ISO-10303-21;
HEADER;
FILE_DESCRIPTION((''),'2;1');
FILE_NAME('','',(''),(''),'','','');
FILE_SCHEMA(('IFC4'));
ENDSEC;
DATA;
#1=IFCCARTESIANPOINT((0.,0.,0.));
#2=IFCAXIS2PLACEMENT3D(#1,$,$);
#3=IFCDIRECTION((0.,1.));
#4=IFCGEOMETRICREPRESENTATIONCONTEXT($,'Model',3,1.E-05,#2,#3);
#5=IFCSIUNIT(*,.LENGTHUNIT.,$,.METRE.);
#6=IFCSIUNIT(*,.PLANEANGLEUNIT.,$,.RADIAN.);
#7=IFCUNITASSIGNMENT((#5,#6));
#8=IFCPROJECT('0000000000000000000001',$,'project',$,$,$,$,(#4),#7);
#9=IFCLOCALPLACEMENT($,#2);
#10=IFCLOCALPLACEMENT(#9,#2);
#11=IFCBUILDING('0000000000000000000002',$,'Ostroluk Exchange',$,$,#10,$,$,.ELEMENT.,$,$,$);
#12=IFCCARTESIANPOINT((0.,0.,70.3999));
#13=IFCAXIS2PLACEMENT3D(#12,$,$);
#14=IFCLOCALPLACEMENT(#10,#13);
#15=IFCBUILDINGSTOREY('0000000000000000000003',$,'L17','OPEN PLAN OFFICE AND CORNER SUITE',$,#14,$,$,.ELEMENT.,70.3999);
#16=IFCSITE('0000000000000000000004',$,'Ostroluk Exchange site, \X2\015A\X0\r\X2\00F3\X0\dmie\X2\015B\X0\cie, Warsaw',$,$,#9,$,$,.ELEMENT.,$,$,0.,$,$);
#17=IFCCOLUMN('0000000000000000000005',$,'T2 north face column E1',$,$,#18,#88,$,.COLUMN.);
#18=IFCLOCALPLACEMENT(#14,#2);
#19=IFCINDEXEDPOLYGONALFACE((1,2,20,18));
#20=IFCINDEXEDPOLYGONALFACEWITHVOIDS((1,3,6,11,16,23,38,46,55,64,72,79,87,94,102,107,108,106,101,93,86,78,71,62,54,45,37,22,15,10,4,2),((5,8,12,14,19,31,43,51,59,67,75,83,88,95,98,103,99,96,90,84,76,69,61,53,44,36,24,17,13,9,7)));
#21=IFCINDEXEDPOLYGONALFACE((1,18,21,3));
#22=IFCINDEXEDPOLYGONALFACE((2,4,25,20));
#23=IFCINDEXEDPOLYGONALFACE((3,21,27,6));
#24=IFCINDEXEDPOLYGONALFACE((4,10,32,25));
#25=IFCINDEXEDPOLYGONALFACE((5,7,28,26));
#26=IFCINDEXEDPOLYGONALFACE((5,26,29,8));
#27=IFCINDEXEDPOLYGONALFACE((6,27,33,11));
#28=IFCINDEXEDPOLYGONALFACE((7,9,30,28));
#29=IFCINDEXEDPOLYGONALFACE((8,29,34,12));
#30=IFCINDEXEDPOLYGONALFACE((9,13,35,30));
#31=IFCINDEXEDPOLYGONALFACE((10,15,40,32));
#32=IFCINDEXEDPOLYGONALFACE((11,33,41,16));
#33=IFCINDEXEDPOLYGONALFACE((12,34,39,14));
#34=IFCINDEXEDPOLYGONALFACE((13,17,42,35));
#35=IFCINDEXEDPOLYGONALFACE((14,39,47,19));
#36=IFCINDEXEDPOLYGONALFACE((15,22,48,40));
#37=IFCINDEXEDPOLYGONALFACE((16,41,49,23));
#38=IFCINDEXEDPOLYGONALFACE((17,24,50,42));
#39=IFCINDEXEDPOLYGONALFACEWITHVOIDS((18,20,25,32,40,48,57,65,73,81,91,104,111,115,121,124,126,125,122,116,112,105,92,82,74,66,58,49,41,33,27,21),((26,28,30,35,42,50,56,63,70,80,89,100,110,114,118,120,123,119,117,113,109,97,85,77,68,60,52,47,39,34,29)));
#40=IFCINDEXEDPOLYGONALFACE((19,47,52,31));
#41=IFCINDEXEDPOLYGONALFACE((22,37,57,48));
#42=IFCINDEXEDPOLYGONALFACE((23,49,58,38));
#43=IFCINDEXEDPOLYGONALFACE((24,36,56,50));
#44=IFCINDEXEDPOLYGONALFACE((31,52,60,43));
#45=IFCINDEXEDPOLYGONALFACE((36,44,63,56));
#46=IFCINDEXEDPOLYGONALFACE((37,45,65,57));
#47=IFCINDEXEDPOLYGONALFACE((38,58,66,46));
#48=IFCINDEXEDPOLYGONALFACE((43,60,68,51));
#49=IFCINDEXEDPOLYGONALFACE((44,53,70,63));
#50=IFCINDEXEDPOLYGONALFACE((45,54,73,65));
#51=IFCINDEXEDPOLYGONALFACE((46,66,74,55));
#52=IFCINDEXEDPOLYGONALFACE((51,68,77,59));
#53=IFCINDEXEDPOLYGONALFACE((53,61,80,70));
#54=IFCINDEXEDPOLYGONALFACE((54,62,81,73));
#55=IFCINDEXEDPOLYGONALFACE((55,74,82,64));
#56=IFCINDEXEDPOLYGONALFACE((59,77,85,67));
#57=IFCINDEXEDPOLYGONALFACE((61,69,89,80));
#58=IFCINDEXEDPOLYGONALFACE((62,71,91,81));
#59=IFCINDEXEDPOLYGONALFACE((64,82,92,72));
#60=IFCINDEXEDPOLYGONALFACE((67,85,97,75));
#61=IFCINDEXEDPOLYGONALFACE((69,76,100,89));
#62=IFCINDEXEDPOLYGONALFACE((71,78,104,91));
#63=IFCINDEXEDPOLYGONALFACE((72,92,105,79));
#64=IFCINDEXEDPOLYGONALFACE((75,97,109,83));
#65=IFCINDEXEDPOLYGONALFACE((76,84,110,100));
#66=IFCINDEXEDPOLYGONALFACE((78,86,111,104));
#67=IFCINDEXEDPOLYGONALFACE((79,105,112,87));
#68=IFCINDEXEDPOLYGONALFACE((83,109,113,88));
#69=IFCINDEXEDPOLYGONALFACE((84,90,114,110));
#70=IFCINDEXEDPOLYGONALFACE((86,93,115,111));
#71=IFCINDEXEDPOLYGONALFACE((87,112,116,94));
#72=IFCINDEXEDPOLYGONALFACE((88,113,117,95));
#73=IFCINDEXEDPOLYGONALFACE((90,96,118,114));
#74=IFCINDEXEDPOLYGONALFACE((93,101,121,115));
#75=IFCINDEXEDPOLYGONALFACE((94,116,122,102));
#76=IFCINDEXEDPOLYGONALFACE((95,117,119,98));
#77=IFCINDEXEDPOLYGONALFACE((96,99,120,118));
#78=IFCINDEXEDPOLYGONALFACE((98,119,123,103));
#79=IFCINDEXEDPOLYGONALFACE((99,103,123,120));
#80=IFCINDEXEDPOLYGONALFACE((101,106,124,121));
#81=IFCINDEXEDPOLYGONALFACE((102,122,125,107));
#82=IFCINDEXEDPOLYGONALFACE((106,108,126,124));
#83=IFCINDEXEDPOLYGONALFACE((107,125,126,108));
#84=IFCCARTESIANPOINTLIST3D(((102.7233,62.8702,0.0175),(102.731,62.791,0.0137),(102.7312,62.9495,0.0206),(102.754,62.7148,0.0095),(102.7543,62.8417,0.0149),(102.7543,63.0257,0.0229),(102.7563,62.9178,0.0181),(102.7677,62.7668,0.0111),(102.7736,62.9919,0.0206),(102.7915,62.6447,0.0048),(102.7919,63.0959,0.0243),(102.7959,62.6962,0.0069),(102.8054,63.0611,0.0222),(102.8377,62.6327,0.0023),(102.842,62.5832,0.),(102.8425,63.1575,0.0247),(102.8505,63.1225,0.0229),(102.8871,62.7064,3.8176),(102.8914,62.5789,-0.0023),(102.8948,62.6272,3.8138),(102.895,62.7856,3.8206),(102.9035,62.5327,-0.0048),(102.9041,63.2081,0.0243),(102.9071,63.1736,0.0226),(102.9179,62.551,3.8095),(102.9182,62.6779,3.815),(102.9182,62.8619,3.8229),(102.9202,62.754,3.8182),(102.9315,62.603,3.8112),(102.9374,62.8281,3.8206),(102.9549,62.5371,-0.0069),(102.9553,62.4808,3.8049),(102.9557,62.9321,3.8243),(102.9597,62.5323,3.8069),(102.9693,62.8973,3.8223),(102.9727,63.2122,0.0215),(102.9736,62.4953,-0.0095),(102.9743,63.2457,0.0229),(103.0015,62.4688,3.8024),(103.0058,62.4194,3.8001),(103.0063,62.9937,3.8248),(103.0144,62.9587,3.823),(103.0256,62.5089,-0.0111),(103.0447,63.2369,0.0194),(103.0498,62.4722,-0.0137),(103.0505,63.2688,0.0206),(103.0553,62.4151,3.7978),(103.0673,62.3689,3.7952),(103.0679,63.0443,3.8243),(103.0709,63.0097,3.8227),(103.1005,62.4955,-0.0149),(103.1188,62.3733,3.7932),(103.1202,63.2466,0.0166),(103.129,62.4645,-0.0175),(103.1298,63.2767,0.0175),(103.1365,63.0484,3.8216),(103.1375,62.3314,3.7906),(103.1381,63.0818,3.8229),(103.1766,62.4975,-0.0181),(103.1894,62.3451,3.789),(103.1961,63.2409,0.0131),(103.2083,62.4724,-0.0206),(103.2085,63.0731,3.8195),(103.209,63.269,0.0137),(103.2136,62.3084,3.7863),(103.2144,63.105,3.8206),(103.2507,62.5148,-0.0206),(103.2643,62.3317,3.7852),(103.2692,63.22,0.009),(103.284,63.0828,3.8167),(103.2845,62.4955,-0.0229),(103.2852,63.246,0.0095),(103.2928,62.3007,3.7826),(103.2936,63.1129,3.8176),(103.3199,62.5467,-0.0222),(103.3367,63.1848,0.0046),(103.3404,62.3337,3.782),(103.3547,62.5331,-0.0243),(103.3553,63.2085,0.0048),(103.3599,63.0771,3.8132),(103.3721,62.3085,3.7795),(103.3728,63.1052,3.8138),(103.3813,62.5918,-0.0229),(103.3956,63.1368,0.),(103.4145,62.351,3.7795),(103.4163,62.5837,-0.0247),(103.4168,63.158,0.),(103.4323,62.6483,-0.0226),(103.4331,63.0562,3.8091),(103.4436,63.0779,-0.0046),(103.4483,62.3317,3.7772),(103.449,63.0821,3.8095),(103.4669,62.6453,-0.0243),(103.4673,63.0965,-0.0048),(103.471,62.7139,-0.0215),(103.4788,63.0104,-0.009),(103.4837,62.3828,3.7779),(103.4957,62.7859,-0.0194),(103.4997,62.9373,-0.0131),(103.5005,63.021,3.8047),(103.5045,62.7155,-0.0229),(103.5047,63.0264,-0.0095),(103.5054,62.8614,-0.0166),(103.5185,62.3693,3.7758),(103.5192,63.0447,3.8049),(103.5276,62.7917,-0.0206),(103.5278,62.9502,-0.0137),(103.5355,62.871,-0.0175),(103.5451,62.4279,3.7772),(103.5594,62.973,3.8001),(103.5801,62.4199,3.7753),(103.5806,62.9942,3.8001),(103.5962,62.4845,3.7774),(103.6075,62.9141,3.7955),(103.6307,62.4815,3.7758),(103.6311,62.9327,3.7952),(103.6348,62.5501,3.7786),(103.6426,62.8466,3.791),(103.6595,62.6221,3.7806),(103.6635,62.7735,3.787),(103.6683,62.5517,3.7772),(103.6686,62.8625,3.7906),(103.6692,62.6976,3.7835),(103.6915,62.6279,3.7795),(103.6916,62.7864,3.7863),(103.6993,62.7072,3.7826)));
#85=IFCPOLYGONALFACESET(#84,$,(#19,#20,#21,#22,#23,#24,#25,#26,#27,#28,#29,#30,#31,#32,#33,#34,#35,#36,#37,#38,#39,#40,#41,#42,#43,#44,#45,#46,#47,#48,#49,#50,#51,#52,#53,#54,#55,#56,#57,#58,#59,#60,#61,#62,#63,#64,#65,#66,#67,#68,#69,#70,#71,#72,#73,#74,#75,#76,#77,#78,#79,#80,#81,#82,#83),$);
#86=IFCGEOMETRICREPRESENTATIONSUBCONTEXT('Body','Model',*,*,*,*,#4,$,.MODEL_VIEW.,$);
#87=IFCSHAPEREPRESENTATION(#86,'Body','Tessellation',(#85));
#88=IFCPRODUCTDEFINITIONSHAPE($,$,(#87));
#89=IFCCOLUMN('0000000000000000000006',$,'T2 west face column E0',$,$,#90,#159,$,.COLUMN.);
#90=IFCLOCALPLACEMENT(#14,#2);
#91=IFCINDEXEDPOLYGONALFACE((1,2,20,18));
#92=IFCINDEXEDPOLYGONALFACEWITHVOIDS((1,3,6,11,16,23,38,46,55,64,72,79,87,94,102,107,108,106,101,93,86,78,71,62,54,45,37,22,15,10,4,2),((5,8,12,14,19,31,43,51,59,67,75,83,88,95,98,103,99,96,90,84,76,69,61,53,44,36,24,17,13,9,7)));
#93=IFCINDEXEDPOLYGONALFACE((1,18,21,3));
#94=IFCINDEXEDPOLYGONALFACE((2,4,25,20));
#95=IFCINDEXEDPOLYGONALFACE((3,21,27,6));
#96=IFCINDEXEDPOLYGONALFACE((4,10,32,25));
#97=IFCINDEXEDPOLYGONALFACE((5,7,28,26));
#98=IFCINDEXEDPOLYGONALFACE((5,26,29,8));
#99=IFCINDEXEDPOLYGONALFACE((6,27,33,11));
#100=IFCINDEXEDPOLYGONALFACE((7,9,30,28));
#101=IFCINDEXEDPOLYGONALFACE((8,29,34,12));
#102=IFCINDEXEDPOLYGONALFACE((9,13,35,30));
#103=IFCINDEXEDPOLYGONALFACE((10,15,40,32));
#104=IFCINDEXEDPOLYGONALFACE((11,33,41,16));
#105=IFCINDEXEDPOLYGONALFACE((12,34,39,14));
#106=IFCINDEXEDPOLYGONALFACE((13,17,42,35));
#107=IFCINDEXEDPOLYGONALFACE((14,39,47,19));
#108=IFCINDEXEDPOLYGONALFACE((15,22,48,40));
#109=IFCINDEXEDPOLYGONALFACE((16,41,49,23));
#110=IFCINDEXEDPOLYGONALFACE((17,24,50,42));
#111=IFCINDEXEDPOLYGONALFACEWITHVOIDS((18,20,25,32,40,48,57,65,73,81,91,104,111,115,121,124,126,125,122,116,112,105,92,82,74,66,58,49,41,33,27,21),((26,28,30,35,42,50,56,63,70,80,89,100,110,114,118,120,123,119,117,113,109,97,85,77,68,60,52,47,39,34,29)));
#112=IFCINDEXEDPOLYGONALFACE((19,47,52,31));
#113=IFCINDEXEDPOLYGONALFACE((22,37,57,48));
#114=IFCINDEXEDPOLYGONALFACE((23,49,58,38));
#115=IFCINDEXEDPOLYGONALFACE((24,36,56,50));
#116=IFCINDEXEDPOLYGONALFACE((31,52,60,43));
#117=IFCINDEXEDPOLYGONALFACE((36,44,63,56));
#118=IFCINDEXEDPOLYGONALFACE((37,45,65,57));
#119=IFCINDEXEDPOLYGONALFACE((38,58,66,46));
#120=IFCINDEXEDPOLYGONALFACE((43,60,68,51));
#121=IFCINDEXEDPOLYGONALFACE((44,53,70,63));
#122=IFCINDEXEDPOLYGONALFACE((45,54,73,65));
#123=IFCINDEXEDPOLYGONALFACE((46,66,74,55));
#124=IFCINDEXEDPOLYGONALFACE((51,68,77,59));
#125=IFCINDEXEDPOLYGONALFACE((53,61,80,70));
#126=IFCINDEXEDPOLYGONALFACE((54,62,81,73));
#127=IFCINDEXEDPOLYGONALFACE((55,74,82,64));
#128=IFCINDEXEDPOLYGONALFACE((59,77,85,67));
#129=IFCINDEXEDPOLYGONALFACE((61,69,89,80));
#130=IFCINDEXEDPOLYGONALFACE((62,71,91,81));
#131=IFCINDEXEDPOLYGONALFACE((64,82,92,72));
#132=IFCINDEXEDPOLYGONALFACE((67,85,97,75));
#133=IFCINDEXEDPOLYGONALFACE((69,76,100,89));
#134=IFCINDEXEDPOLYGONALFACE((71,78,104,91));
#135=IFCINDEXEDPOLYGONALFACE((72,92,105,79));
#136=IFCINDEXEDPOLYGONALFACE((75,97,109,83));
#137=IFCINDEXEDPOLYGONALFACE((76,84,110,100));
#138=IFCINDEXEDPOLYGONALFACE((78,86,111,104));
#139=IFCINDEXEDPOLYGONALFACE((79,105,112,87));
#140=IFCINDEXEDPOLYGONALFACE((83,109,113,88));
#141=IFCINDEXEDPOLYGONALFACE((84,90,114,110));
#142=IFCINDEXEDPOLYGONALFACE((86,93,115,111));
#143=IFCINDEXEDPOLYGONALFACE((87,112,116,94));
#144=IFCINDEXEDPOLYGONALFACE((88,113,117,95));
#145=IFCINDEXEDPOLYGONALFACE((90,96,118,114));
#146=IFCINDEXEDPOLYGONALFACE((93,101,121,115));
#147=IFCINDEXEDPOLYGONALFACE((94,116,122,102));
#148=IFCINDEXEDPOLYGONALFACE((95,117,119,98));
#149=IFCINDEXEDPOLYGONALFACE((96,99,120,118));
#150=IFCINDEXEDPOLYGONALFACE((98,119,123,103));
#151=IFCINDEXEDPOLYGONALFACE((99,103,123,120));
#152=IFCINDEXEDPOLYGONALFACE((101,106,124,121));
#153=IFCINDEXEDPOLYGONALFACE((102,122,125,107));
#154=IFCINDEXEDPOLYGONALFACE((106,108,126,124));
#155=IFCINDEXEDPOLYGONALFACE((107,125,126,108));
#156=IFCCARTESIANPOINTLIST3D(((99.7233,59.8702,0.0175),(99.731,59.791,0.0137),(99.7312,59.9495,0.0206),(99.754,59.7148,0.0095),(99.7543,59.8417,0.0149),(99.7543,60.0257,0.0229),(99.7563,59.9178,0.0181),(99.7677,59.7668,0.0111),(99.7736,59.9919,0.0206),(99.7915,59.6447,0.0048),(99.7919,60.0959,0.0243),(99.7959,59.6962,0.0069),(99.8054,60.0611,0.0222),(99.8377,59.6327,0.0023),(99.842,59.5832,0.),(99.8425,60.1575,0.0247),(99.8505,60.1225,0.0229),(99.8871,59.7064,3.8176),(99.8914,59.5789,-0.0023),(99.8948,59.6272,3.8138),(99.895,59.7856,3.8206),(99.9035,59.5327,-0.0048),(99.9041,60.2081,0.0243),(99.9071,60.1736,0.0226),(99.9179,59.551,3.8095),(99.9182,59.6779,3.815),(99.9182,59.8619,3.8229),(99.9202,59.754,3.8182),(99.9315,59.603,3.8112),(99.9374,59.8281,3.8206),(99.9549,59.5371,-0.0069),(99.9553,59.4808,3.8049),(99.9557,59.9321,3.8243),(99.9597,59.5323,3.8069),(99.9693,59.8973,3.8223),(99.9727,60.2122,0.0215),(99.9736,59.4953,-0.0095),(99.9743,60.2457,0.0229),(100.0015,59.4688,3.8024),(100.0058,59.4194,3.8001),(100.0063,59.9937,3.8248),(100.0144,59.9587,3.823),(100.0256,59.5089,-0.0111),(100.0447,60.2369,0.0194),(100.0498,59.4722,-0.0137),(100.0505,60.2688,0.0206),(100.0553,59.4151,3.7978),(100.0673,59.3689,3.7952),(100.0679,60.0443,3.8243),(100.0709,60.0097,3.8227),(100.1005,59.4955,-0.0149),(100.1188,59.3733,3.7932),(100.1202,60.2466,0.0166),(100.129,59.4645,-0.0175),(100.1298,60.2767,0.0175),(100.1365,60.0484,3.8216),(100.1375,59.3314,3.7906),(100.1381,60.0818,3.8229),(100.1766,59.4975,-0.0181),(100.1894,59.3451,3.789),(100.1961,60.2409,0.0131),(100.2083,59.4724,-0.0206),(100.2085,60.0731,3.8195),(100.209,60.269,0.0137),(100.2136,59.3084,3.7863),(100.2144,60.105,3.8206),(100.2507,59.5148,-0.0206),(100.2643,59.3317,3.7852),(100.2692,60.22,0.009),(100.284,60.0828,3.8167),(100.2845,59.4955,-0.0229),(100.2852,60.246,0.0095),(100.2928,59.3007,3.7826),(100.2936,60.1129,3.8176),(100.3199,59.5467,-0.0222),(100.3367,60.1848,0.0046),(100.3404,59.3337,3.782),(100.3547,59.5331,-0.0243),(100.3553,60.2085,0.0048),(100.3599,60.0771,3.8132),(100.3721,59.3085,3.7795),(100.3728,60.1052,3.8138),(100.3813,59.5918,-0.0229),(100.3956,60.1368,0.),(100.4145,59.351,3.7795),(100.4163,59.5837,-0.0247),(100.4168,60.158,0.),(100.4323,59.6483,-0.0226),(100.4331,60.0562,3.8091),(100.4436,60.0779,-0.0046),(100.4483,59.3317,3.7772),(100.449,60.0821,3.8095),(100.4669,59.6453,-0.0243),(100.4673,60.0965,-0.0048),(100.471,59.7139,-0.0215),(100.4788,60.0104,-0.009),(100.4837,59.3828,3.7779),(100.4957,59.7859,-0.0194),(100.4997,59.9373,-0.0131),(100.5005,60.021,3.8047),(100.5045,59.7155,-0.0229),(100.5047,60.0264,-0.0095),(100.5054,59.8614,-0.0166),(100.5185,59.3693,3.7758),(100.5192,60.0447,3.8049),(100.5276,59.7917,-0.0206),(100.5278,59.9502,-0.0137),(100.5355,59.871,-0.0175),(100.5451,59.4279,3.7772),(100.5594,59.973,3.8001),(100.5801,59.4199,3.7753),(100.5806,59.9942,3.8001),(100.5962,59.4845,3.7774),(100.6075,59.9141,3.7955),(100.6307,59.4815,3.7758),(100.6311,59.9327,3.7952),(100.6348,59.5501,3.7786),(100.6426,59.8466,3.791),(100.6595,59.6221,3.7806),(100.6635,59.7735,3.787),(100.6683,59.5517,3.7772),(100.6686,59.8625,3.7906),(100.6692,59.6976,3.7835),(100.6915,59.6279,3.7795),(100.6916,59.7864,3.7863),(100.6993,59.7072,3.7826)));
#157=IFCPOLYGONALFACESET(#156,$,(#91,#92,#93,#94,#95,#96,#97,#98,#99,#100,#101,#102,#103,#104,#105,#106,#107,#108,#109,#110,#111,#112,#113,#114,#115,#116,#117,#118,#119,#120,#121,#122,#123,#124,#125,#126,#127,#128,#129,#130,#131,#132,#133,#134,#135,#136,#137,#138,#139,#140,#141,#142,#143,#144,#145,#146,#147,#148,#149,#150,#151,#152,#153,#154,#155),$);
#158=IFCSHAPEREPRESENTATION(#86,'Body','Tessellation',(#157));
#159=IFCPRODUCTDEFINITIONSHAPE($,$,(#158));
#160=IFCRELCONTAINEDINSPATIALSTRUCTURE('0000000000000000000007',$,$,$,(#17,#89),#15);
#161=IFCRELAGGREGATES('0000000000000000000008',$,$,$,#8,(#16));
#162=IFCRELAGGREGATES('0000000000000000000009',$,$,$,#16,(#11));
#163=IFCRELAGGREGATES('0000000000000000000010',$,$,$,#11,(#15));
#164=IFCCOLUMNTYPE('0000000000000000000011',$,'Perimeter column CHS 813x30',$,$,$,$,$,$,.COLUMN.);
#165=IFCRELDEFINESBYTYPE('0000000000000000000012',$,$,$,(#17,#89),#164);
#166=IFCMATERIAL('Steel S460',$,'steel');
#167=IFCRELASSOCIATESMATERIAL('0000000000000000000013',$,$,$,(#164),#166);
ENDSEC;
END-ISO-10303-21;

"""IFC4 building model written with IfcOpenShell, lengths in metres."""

from ifc_helpers import new_model, si_unit, direction, frame, origin, origin_2d, place, context, subcontext, project, spatial, hollow_circle, extrude, material, material_profile, profile_set, type_object, element, save


model = new_model("IFC4")

# Units and contexts
model_context = context("Model", 3, precision=1e-05, world=origin(), true_north=direction((0.0, 1.0)))
body_context = subcontext(model_context, "Body", "Model", "MODEL_VIEW")
ifc_project = project(units=[si_unit("LENGTHUNIT", "METRE"), si_unit("PLANEANGLEUNIT", "RADIAN")], contexts=[model_context])

# Site, building, storey
site_placement = place(None, origin())
site = spatial("IfcSite", under=ifc_project, at=site_placement, Name="Ostroluk Exchange site, Śródmieście, Warsaw", CompositionType="ELEMENT", RefElevation=0.0)
building_placement = place(site_placement, origin())
building = spatial("IfcBuilding", under=site, at=building_placement, Name="Ostroluk Exchange", CompositionType="ELEMENT")
storey_placement = place(building_placement, frame((0.0, 0.0, 70.3999)))
storey = spatial("IfcBuildingStorey", under=building, at=storey_placement, Name="L17", Description="OPEN PLAN OFFICE AND CORNER SUITE", CompositionType="ELEMENT", Elevation=70.3999)

# Columns
ifc_material_1 = material(Name="Steel S460", Category="steel")
ifc_material_profile_1 = material_profile(ifc_material_1, hollow_circle(Radius=0.4065, WallThickness=0.03, at=origin_2d()), Name="CHS 813x30")
ifc_profile_set_1 = profile_set([ifc_material_profile_1], Name="Steel S460")
column_type = type_object("IfcColumnType", Name="Perimeter column CHS 813x30", PredefinedType="COLUMN", material=ifc_profile_set_1)
for number, where, z_axis, x_axis, name in (
    (1, (103.1294, 62.8706, 0.0), (0.04303, -0.04303, 0.998147), (0.707107, 0.707107, 0.0), "T2 north face column E1"),
    (2, (100.1294, 59.8706, 0.0), (0.04303, -0.04303, 0.998147), (0.707107, 0.707107, 0.0), "T2 west face column E0"),
):
    element("IfcColumn", number, at=place(storey_placement, frame(where, z_axis=z_axis, x_axis=x_axis)), inside=storey, type_object=column_type, Name=name, PredefinedType="COLUMN", context=body_context, shape_type="SweptSolid", body=[
        extrude(hollow_circle(Radius=0.4065, WallThickness=0.03, at=origin_2d()), origin(), (0.0, 0.0, 1.0), 3.8071),
    ])

save(model, "model.ifc")
